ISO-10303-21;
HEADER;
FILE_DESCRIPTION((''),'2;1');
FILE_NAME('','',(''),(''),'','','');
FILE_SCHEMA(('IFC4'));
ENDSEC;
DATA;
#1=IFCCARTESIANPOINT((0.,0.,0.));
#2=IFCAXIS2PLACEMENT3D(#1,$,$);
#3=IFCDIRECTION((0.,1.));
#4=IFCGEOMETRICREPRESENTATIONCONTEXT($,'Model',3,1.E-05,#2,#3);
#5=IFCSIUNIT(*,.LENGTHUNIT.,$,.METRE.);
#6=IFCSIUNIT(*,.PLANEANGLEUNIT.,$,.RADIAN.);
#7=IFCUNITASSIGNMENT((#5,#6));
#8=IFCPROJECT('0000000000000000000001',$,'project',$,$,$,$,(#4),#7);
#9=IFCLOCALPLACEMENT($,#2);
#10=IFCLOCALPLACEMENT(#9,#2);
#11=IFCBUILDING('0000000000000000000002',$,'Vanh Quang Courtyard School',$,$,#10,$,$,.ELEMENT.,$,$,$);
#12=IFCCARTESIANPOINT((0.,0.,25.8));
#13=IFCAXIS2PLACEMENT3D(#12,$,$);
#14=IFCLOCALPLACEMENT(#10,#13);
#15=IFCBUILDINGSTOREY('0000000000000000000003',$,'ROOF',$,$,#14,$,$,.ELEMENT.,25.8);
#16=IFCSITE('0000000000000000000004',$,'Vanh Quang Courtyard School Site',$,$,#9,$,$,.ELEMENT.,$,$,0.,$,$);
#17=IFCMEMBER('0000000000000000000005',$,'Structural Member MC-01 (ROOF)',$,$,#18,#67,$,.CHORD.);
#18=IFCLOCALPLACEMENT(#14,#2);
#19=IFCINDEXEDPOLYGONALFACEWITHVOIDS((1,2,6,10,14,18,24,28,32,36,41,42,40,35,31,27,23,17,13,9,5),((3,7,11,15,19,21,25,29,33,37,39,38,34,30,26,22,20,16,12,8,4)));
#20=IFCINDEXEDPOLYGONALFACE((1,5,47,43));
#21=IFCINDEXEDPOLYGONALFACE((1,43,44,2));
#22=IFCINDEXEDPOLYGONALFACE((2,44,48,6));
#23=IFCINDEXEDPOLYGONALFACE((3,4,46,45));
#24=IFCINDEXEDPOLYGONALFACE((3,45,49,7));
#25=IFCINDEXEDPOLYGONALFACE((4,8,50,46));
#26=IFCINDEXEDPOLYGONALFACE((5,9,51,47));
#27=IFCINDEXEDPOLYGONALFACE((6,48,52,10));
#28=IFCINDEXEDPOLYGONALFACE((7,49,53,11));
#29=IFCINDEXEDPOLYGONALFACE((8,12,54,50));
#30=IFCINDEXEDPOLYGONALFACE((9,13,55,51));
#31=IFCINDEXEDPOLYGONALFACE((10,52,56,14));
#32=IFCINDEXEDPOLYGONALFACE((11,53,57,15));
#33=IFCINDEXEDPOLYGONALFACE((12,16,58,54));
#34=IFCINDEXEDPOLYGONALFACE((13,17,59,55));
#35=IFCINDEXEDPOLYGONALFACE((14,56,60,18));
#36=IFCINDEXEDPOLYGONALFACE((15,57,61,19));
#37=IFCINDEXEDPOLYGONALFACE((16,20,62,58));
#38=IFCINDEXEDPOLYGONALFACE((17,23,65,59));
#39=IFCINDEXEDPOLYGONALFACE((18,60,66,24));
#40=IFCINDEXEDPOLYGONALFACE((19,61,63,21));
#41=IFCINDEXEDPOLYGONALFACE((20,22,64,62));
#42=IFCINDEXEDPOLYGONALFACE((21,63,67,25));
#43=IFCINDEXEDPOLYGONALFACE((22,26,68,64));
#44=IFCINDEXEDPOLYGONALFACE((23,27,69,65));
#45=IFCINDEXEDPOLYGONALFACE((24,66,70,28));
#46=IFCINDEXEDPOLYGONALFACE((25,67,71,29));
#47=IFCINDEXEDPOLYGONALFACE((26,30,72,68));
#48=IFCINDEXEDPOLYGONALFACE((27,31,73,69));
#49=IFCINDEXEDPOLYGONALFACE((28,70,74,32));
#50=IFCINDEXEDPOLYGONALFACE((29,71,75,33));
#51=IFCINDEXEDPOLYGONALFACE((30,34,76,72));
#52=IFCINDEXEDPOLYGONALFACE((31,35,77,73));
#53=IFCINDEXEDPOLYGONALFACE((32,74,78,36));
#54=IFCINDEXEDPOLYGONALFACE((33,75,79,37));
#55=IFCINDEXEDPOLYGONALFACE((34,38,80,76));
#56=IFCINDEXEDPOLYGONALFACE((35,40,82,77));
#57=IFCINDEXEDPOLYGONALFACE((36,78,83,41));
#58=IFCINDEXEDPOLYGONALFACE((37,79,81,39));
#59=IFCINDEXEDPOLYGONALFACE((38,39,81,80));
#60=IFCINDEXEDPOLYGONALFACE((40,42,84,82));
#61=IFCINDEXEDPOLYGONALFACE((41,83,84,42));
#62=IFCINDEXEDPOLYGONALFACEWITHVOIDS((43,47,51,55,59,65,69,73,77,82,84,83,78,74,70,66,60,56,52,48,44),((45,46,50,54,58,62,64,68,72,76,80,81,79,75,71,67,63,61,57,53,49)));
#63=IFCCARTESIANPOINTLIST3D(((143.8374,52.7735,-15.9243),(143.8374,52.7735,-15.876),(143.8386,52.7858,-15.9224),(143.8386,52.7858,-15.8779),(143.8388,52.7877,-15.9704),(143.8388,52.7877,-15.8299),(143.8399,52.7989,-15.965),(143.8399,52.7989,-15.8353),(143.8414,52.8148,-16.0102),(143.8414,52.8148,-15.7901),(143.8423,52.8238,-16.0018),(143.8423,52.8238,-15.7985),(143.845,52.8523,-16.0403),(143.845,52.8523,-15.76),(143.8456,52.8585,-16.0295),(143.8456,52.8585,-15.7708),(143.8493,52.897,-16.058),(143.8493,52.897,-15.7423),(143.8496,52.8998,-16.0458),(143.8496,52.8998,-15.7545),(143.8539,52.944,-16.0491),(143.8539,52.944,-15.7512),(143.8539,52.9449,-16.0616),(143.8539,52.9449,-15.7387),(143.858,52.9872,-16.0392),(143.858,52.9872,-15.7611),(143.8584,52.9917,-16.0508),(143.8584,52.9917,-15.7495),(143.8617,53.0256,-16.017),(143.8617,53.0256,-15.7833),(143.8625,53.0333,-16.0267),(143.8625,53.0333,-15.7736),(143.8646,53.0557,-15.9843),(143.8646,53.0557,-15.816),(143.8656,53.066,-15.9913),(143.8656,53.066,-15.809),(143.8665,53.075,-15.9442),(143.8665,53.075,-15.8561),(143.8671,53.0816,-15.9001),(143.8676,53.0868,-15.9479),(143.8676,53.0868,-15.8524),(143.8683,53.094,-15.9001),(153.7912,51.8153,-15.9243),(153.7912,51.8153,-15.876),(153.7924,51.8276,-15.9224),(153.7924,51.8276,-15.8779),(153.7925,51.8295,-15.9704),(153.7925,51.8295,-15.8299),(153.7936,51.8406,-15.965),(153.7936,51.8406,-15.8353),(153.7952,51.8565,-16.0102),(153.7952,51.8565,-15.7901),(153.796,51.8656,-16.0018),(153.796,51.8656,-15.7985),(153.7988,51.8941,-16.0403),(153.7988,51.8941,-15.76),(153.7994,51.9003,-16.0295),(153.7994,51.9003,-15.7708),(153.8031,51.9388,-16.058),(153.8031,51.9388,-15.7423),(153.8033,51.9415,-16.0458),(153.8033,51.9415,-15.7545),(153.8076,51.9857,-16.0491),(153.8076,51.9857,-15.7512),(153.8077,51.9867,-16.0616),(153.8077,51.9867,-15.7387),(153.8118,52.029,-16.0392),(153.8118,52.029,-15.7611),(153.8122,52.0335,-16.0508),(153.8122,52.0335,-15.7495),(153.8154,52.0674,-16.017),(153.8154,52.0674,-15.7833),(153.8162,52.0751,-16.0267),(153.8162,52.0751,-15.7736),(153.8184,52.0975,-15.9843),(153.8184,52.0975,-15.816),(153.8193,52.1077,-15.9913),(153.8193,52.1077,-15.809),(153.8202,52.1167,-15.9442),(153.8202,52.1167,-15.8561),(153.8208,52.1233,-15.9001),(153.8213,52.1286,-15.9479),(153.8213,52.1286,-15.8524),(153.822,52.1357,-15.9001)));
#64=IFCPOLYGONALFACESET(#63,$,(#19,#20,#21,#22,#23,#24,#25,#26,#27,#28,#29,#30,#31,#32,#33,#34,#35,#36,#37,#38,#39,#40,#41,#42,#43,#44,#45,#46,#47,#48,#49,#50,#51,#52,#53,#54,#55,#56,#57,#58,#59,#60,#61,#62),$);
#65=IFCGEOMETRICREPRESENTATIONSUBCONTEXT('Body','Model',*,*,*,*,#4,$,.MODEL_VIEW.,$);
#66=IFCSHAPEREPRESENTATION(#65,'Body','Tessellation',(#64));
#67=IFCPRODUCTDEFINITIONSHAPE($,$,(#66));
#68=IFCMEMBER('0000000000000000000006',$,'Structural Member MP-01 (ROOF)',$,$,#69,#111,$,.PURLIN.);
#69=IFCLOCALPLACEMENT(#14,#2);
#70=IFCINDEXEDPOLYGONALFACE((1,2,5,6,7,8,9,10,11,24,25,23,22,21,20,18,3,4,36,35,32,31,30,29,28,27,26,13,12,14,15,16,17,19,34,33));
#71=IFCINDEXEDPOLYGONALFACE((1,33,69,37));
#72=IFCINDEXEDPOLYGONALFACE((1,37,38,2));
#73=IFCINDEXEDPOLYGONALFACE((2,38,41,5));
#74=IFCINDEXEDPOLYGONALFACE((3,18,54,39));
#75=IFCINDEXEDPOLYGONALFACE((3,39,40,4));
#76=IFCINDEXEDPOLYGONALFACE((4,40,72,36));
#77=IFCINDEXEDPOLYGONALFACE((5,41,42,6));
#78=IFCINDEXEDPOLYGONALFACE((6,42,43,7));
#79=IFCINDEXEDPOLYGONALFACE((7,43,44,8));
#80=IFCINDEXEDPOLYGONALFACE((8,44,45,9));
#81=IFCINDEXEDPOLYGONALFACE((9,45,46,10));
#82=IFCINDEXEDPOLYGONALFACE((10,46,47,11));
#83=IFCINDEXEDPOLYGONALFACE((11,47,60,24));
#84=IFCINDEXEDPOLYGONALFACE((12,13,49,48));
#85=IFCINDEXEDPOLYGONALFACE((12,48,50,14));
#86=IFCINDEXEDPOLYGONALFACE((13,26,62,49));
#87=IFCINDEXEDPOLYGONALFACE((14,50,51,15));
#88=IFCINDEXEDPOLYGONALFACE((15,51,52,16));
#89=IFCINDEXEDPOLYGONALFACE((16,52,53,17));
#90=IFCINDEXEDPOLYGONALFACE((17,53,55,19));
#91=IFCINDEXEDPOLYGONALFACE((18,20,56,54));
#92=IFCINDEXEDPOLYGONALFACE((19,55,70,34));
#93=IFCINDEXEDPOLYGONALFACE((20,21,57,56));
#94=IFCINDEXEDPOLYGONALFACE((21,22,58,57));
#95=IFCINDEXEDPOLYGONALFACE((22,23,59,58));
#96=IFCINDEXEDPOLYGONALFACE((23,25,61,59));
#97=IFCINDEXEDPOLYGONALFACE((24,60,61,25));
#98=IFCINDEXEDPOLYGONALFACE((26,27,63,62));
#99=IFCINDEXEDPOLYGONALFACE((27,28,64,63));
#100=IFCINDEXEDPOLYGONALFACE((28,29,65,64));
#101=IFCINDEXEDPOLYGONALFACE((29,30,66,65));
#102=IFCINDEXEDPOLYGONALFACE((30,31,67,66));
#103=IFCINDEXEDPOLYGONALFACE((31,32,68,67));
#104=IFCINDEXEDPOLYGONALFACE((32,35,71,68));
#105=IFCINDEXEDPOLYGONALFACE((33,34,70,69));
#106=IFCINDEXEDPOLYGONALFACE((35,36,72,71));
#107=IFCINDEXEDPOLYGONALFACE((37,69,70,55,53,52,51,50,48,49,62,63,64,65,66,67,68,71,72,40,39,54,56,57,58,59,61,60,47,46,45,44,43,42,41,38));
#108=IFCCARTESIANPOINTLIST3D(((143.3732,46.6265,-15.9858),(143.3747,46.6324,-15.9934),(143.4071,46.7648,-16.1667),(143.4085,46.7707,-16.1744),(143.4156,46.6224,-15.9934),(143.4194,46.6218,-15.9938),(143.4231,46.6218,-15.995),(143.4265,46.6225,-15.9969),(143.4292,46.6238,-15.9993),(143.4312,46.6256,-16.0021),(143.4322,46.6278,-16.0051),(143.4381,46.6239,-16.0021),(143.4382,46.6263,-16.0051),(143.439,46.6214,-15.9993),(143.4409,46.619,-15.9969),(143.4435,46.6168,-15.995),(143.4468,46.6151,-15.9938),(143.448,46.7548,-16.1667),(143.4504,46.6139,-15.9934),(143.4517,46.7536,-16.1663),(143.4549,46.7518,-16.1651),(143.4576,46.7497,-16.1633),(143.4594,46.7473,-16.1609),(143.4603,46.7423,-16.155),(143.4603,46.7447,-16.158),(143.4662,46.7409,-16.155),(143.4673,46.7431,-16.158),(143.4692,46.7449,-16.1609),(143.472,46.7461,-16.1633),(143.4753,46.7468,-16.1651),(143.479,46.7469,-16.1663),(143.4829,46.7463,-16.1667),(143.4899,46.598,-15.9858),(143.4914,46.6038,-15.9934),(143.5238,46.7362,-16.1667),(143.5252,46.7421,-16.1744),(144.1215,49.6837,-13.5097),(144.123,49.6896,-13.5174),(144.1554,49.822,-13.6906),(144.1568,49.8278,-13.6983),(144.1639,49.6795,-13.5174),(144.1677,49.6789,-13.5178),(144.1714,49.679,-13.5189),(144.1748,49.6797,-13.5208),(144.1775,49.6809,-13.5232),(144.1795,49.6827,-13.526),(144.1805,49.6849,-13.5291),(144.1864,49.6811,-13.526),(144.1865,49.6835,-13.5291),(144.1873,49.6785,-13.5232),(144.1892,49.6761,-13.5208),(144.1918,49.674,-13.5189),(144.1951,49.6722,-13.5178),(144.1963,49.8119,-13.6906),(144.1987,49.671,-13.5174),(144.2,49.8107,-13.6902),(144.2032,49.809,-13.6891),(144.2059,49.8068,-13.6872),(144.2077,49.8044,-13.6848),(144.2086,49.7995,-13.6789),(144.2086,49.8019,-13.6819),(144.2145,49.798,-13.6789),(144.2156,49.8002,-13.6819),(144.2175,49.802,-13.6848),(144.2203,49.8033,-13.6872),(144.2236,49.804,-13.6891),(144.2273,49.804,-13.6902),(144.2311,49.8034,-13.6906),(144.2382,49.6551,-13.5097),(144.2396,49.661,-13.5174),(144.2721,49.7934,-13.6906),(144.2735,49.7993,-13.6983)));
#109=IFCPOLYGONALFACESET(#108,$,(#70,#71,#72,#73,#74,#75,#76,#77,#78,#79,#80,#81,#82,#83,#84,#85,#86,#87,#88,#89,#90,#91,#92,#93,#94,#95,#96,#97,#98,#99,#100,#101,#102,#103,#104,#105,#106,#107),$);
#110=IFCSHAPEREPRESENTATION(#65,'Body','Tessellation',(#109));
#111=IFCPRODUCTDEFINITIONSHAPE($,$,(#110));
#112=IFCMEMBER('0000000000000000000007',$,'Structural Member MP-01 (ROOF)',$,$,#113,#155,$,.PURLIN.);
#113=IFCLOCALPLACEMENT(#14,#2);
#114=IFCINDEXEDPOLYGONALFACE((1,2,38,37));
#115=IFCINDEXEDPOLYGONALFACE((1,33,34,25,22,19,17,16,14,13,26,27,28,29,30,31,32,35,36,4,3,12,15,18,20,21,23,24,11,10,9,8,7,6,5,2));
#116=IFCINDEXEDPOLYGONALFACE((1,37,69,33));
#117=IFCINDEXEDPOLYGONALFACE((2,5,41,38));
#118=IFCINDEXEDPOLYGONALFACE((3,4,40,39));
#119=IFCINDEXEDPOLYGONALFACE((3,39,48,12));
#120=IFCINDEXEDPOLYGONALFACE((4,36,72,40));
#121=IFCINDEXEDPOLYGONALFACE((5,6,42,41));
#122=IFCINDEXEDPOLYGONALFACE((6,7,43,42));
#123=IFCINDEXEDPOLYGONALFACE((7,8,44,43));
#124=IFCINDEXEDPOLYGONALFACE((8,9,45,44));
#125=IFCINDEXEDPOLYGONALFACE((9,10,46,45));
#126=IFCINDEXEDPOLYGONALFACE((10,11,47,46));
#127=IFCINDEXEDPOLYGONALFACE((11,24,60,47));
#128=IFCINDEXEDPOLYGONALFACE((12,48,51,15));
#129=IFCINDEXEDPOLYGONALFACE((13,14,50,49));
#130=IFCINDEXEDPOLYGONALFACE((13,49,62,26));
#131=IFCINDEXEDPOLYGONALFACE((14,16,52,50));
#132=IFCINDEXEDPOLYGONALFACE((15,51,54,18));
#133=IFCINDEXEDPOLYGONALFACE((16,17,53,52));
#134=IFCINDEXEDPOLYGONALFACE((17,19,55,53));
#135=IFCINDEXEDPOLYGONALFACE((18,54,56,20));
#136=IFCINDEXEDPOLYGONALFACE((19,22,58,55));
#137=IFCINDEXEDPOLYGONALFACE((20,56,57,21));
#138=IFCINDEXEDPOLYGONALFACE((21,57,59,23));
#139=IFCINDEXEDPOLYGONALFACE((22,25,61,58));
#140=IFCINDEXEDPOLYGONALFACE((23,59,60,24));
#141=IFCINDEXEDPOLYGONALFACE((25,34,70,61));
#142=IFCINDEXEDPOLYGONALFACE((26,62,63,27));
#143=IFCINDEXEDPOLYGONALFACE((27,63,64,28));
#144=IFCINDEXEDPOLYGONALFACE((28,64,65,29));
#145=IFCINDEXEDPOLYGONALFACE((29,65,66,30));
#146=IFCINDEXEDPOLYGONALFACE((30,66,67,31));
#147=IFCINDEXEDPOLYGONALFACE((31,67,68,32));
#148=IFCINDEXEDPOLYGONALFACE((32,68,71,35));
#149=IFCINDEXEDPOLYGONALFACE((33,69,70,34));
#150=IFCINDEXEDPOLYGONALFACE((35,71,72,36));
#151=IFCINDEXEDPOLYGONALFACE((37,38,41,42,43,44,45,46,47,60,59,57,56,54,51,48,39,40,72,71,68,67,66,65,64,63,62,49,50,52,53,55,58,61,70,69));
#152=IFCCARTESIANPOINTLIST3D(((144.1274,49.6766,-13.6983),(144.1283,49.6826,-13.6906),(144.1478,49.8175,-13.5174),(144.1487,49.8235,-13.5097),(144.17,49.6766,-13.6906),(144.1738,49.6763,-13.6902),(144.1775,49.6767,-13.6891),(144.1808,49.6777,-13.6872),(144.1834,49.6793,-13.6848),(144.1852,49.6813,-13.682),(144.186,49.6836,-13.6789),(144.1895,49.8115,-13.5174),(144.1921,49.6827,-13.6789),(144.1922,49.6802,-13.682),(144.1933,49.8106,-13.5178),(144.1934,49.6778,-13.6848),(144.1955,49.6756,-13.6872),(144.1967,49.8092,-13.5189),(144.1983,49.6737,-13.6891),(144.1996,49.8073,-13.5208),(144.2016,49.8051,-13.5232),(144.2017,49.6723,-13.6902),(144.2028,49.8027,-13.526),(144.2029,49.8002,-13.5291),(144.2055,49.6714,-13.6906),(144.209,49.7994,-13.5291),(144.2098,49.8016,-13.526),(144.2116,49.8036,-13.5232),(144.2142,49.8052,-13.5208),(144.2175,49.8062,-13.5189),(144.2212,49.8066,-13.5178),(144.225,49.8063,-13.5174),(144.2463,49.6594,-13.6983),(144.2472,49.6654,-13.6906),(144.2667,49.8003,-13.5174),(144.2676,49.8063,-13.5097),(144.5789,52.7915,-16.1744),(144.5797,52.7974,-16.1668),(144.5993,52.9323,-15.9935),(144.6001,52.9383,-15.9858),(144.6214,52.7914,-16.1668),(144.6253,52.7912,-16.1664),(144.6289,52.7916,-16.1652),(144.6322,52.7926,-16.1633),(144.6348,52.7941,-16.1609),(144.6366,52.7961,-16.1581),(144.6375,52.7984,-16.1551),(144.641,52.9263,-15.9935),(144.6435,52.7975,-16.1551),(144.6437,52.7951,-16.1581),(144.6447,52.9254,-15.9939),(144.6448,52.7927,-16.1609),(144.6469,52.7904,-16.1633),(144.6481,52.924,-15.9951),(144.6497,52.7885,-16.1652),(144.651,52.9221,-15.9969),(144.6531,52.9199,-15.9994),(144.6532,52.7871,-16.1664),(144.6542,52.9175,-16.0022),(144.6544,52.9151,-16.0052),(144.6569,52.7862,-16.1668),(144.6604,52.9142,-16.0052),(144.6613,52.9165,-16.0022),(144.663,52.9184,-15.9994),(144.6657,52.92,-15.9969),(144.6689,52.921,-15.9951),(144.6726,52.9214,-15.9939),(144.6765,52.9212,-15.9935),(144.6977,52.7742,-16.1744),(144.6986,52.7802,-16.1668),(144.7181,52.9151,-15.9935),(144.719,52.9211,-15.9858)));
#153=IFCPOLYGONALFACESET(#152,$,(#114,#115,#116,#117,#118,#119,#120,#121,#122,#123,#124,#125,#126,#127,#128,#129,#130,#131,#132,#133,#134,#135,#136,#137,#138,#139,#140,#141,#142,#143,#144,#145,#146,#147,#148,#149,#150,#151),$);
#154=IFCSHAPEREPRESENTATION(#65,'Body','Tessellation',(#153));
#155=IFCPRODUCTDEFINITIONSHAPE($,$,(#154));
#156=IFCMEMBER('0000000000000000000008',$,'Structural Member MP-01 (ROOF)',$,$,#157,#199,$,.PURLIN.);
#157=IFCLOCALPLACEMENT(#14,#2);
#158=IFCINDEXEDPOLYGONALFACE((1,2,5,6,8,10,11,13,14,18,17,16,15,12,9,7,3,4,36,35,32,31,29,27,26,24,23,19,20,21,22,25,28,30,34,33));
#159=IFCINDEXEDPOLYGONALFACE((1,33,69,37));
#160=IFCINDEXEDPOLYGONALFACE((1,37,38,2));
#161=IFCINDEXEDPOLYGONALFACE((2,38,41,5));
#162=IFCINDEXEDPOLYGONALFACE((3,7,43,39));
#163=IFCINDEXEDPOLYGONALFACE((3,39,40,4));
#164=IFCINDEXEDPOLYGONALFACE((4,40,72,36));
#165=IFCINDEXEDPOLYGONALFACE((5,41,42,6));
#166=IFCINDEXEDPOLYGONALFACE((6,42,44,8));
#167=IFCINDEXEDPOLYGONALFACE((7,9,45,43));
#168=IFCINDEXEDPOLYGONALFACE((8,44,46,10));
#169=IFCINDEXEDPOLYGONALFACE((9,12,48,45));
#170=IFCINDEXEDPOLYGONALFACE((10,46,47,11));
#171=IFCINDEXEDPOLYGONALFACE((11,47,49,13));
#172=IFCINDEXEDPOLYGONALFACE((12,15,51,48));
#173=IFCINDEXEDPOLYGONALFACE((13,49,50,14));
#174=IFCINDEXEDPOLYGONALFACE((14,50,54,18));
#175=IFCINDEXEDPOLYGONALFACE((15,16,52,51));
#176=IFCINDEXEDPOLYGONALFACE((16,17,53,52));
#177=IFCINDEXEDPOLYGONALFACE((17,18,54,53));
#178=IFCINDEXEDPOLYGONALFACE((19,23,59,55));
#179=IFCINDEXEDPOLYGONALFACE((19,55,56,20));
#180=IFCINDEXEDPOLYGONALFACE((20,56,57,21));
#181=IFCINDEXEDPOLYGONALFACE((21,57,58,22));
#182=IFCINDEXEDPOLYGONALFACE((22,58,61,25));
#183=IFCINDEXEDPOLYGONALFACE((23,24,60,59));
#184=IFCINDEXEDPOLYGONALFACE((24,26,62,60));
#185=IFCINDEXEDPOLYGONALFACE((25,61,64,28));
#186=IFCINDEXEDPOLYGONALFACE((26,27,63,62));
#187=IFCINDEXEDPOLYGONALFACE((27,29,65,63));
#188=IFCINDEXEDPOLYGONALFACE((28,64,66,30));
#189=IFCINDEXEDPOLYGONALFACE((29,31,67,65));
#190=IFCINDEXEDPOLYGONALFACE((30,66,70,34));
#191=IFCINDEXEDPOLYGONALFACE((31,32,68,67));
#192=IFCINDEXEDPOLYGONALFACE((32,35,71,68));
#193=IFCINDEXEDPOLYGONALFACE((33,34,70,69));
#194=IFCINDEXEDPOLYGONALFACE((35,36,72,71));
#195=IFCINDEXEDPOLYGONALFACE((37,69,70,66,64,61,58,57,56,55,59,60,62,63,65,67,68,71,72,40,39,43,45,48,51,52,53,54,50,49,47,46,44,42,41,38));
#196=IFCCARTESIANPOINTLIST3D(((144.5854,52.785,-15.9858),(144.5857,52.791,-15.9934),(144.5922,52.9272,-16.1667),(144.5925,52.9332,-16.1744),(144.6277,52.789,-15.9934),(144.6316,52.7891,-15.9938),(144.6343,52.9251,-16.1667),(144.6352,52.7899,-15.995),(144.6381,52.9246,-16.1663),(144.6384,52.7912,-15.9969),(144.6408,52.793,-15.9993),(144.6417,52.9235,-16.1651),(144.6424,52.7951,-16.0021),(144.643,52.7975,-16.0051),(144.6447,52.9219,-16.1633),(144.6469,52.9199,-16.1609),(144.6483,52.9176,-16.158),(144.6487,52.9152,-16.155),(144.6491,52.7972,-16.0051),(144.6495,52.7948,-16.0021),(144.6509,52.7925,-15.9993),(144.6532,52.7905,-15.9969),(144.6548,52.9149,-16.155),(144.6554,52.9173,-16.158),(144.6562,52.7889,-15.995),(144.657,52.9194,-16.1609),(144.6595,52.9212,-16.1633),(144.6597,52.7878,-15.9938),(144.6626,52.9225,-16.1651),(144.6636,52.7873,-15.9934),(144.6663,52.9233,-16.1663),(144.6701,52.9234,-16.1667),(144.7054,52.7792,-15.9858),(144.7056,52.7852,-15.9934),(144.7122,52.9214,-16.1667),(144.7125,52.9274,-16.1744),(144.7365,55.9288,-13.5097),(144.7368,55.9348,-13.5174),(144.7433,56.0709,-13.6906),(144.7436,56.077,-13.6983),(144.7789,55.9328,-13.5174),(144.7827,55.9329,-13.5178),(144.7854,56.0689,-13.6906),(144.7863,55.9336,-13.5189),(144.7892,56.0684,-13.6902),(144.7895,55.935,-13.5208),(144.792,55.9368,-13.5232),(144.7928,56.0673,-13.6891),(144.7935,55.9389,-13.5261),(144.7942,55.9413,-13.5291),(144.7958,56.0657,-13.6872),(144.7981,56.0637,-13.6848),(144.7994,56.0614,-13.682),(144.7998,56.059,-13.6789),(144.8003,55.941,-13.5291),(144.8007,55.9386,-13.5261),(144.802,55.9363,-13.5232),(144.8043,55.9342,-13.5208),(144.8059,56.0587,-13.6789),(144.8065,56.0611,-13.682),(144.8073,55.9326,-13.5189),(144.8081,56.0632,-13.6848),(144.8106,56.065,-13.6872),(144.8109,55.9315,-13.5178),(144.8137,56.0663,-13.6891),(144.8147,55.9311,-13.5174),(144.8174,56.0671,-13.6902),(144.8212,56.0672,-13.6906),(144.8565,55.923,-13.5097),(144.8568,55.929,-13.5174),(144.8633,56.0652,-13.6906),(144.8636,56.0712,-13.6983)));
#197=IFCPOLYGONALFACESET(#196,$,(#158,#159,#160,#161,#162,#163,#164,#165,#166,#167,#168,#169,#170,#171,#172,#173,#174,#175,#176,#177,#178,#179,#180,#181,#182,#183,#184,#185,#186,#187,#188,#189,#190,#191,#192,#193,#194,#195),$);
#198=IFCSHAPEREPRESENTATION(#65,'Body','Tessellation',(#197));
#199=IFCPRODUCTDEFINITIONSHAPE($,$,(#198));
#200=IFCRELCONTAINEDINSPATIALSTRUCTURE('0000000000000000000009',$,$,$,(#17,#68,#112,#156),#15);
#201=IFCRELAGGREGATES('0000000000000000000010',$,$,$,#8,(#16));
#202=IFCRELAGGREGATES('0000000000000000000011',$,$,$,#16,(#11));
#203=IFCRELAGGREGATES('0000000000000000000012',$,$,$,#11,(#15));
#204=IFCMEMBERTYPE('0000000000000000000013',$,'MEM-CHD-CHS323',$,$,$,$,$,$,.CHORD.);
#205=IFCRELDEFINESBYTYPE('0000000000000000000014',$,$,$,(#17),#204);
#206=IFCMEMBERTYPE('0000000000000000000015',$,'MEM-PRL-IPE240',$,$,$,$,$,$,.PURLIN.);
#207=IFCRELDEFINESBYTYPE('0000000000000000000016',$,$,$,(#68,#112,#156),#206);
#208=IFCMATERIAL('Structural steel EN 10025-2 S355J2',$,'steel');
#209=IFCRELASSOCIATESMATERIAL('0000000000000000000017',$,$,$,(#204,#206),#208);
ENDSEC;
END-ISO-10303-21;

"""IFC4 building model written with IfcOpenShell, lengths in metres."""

from ifc_helpers import new_model, si_unit, direction, frame, origin, origin_2d, place, context, subcontext, project, spatial, hollow_circle, i_section, extrude, material, material_profile, profile_set, type_object, element, save


model = new_model("IFC4")

# Units and contexts
model_context = context("Model", 3, precision=1e-05, world=origin(), true_north=direction((0.0, 1.0)))
body_context = subcontext(model_context, "Body", "Model", "MODEL_VIEW")
ifc_project = project(units=[si_unit("LENGTHUNIT", "METRE"), si_unit("PLANEANGLEUNIT", "RADIAN")], contexts=[model_context])

# Site, building, storey
site_placement = place(None, origin())
site = spatial("IfcSite", under=ifc_project, at=site_placement, Name="Vanh Quang Courtyard School Site", CompositionType="ELEMENT", RefElevation=0.0)
building_placement = place(site_placement, origin())
building = spatial("IfcBuilding", under=site, at=building_placement, Name="Vanh Quang Courtyard School", CompositionType="ELEMENT")
storey_placement = place(building_placement, frame((0.0, 0.0, 25.8)))
storey = spatial("IfcBuildingStorey", under=building, at=storey_placement, Name="ROOF", CompositionType="ELEMENT", Elevation=25.8)

# Shared definitions
ifc_material_1 = material(Name="Structural steel EN 10025-2 S355J2", Category="steel")

# Members
ifc_material_profile_1 = material_profile(ifc_material_1, hollow_circle(Radius=0.1619, WallThickness=0.0125, at=origin_2d()), Name="CHS 323.9x12.5")
ifc_profile_set_1 = profile_set([ifc_material_profile_1], Name="Structural steel EN 10025-2 S355J2")
member_type_1 = type_object("IfcMemberType", Name="MEM-CHD-CHS323", PredefinedType="CHORD", material=ifc_profile_set_1)
member_1_placement = place(storey_placement, frame((143.8528, 52.9329, -15.9001), z_axis=(0.995398, -0.095826, 0.0), x_axis=(0.095826, 0.995398, 0.0)))
element("IfcMember", 1, at=member_1_placement, inside=storey, type_object=member_type_1, Name="Structural Member MC-01 (ROOF)", PredefinedType="CHORD", context=body_context, shape_type="SweptSolid", body=[
    extrude(hollow_circle(Radius=0.1619, WallThickness=0.0125, at=origin_2d()), origin(), (0.0, 0.0, 1.0), 9.9998),
])
ifc_material_profile_2 = material_profile(ifc_material_1, i_section(OverallWidth=0.1201, OverallDepth=0.24, WebThickness=0.0061, FlangeThickness=0.0098, FilletRadius=0.0149, at=origin_2d()), Name="IPE 240")
ifc_profile_set_2 = profile_set([ifc_material_profile_2], Name="Structural steel EN 10025-2 S355J2")
member_type_2 = type_object("IfcMemberType", Name="MEM-PRL-IPE240", PredefinedType="PURLIN", material=ifc_profile_set_2)
for number, where, z_axis, x_axis, name in (
    (2, (143.4492, 46.6843, -16.0801), (0.186857, 0.763402, 0.618306), (-0.971326, 0.237751, 0.0), "Structural Member MP-01 (ROOF)"),
    (3, (144.1975, 49.7415, -13.604), (0.112726, 0.777803, -0.618316), (-0.98966, 0.14343, 0.0), "Structural Member MP-01 (ROOF)"),
    (4, (144.6489, 52.8562, -16.0801), (0.037737, 0.785036, 0.618299), (-0.998847, 0.048015, 0.0), "Structural Member MP-01 (ROOF)"),
):
    element("IfcMember", number, at=place(storey_placement, frame(where, z_axis=z_axis, x_axis=x_axis)), inside=storey, type_object=member_type_2, Name=name, PredefinedType="PURLIN", context=body_context, shape_type="SweptSolid", body=[
        extrude(i_section(OverallWidth=0.1201, OverallDepth=0.24, WebThickness=0.0061, FlangeThickness=0.0098, FilletRadius=0.0149, at=origin_2d()), origin(), (0.0, 0.0, 1.0), 4.0046),
    ])

save(model, "model.ifc")
